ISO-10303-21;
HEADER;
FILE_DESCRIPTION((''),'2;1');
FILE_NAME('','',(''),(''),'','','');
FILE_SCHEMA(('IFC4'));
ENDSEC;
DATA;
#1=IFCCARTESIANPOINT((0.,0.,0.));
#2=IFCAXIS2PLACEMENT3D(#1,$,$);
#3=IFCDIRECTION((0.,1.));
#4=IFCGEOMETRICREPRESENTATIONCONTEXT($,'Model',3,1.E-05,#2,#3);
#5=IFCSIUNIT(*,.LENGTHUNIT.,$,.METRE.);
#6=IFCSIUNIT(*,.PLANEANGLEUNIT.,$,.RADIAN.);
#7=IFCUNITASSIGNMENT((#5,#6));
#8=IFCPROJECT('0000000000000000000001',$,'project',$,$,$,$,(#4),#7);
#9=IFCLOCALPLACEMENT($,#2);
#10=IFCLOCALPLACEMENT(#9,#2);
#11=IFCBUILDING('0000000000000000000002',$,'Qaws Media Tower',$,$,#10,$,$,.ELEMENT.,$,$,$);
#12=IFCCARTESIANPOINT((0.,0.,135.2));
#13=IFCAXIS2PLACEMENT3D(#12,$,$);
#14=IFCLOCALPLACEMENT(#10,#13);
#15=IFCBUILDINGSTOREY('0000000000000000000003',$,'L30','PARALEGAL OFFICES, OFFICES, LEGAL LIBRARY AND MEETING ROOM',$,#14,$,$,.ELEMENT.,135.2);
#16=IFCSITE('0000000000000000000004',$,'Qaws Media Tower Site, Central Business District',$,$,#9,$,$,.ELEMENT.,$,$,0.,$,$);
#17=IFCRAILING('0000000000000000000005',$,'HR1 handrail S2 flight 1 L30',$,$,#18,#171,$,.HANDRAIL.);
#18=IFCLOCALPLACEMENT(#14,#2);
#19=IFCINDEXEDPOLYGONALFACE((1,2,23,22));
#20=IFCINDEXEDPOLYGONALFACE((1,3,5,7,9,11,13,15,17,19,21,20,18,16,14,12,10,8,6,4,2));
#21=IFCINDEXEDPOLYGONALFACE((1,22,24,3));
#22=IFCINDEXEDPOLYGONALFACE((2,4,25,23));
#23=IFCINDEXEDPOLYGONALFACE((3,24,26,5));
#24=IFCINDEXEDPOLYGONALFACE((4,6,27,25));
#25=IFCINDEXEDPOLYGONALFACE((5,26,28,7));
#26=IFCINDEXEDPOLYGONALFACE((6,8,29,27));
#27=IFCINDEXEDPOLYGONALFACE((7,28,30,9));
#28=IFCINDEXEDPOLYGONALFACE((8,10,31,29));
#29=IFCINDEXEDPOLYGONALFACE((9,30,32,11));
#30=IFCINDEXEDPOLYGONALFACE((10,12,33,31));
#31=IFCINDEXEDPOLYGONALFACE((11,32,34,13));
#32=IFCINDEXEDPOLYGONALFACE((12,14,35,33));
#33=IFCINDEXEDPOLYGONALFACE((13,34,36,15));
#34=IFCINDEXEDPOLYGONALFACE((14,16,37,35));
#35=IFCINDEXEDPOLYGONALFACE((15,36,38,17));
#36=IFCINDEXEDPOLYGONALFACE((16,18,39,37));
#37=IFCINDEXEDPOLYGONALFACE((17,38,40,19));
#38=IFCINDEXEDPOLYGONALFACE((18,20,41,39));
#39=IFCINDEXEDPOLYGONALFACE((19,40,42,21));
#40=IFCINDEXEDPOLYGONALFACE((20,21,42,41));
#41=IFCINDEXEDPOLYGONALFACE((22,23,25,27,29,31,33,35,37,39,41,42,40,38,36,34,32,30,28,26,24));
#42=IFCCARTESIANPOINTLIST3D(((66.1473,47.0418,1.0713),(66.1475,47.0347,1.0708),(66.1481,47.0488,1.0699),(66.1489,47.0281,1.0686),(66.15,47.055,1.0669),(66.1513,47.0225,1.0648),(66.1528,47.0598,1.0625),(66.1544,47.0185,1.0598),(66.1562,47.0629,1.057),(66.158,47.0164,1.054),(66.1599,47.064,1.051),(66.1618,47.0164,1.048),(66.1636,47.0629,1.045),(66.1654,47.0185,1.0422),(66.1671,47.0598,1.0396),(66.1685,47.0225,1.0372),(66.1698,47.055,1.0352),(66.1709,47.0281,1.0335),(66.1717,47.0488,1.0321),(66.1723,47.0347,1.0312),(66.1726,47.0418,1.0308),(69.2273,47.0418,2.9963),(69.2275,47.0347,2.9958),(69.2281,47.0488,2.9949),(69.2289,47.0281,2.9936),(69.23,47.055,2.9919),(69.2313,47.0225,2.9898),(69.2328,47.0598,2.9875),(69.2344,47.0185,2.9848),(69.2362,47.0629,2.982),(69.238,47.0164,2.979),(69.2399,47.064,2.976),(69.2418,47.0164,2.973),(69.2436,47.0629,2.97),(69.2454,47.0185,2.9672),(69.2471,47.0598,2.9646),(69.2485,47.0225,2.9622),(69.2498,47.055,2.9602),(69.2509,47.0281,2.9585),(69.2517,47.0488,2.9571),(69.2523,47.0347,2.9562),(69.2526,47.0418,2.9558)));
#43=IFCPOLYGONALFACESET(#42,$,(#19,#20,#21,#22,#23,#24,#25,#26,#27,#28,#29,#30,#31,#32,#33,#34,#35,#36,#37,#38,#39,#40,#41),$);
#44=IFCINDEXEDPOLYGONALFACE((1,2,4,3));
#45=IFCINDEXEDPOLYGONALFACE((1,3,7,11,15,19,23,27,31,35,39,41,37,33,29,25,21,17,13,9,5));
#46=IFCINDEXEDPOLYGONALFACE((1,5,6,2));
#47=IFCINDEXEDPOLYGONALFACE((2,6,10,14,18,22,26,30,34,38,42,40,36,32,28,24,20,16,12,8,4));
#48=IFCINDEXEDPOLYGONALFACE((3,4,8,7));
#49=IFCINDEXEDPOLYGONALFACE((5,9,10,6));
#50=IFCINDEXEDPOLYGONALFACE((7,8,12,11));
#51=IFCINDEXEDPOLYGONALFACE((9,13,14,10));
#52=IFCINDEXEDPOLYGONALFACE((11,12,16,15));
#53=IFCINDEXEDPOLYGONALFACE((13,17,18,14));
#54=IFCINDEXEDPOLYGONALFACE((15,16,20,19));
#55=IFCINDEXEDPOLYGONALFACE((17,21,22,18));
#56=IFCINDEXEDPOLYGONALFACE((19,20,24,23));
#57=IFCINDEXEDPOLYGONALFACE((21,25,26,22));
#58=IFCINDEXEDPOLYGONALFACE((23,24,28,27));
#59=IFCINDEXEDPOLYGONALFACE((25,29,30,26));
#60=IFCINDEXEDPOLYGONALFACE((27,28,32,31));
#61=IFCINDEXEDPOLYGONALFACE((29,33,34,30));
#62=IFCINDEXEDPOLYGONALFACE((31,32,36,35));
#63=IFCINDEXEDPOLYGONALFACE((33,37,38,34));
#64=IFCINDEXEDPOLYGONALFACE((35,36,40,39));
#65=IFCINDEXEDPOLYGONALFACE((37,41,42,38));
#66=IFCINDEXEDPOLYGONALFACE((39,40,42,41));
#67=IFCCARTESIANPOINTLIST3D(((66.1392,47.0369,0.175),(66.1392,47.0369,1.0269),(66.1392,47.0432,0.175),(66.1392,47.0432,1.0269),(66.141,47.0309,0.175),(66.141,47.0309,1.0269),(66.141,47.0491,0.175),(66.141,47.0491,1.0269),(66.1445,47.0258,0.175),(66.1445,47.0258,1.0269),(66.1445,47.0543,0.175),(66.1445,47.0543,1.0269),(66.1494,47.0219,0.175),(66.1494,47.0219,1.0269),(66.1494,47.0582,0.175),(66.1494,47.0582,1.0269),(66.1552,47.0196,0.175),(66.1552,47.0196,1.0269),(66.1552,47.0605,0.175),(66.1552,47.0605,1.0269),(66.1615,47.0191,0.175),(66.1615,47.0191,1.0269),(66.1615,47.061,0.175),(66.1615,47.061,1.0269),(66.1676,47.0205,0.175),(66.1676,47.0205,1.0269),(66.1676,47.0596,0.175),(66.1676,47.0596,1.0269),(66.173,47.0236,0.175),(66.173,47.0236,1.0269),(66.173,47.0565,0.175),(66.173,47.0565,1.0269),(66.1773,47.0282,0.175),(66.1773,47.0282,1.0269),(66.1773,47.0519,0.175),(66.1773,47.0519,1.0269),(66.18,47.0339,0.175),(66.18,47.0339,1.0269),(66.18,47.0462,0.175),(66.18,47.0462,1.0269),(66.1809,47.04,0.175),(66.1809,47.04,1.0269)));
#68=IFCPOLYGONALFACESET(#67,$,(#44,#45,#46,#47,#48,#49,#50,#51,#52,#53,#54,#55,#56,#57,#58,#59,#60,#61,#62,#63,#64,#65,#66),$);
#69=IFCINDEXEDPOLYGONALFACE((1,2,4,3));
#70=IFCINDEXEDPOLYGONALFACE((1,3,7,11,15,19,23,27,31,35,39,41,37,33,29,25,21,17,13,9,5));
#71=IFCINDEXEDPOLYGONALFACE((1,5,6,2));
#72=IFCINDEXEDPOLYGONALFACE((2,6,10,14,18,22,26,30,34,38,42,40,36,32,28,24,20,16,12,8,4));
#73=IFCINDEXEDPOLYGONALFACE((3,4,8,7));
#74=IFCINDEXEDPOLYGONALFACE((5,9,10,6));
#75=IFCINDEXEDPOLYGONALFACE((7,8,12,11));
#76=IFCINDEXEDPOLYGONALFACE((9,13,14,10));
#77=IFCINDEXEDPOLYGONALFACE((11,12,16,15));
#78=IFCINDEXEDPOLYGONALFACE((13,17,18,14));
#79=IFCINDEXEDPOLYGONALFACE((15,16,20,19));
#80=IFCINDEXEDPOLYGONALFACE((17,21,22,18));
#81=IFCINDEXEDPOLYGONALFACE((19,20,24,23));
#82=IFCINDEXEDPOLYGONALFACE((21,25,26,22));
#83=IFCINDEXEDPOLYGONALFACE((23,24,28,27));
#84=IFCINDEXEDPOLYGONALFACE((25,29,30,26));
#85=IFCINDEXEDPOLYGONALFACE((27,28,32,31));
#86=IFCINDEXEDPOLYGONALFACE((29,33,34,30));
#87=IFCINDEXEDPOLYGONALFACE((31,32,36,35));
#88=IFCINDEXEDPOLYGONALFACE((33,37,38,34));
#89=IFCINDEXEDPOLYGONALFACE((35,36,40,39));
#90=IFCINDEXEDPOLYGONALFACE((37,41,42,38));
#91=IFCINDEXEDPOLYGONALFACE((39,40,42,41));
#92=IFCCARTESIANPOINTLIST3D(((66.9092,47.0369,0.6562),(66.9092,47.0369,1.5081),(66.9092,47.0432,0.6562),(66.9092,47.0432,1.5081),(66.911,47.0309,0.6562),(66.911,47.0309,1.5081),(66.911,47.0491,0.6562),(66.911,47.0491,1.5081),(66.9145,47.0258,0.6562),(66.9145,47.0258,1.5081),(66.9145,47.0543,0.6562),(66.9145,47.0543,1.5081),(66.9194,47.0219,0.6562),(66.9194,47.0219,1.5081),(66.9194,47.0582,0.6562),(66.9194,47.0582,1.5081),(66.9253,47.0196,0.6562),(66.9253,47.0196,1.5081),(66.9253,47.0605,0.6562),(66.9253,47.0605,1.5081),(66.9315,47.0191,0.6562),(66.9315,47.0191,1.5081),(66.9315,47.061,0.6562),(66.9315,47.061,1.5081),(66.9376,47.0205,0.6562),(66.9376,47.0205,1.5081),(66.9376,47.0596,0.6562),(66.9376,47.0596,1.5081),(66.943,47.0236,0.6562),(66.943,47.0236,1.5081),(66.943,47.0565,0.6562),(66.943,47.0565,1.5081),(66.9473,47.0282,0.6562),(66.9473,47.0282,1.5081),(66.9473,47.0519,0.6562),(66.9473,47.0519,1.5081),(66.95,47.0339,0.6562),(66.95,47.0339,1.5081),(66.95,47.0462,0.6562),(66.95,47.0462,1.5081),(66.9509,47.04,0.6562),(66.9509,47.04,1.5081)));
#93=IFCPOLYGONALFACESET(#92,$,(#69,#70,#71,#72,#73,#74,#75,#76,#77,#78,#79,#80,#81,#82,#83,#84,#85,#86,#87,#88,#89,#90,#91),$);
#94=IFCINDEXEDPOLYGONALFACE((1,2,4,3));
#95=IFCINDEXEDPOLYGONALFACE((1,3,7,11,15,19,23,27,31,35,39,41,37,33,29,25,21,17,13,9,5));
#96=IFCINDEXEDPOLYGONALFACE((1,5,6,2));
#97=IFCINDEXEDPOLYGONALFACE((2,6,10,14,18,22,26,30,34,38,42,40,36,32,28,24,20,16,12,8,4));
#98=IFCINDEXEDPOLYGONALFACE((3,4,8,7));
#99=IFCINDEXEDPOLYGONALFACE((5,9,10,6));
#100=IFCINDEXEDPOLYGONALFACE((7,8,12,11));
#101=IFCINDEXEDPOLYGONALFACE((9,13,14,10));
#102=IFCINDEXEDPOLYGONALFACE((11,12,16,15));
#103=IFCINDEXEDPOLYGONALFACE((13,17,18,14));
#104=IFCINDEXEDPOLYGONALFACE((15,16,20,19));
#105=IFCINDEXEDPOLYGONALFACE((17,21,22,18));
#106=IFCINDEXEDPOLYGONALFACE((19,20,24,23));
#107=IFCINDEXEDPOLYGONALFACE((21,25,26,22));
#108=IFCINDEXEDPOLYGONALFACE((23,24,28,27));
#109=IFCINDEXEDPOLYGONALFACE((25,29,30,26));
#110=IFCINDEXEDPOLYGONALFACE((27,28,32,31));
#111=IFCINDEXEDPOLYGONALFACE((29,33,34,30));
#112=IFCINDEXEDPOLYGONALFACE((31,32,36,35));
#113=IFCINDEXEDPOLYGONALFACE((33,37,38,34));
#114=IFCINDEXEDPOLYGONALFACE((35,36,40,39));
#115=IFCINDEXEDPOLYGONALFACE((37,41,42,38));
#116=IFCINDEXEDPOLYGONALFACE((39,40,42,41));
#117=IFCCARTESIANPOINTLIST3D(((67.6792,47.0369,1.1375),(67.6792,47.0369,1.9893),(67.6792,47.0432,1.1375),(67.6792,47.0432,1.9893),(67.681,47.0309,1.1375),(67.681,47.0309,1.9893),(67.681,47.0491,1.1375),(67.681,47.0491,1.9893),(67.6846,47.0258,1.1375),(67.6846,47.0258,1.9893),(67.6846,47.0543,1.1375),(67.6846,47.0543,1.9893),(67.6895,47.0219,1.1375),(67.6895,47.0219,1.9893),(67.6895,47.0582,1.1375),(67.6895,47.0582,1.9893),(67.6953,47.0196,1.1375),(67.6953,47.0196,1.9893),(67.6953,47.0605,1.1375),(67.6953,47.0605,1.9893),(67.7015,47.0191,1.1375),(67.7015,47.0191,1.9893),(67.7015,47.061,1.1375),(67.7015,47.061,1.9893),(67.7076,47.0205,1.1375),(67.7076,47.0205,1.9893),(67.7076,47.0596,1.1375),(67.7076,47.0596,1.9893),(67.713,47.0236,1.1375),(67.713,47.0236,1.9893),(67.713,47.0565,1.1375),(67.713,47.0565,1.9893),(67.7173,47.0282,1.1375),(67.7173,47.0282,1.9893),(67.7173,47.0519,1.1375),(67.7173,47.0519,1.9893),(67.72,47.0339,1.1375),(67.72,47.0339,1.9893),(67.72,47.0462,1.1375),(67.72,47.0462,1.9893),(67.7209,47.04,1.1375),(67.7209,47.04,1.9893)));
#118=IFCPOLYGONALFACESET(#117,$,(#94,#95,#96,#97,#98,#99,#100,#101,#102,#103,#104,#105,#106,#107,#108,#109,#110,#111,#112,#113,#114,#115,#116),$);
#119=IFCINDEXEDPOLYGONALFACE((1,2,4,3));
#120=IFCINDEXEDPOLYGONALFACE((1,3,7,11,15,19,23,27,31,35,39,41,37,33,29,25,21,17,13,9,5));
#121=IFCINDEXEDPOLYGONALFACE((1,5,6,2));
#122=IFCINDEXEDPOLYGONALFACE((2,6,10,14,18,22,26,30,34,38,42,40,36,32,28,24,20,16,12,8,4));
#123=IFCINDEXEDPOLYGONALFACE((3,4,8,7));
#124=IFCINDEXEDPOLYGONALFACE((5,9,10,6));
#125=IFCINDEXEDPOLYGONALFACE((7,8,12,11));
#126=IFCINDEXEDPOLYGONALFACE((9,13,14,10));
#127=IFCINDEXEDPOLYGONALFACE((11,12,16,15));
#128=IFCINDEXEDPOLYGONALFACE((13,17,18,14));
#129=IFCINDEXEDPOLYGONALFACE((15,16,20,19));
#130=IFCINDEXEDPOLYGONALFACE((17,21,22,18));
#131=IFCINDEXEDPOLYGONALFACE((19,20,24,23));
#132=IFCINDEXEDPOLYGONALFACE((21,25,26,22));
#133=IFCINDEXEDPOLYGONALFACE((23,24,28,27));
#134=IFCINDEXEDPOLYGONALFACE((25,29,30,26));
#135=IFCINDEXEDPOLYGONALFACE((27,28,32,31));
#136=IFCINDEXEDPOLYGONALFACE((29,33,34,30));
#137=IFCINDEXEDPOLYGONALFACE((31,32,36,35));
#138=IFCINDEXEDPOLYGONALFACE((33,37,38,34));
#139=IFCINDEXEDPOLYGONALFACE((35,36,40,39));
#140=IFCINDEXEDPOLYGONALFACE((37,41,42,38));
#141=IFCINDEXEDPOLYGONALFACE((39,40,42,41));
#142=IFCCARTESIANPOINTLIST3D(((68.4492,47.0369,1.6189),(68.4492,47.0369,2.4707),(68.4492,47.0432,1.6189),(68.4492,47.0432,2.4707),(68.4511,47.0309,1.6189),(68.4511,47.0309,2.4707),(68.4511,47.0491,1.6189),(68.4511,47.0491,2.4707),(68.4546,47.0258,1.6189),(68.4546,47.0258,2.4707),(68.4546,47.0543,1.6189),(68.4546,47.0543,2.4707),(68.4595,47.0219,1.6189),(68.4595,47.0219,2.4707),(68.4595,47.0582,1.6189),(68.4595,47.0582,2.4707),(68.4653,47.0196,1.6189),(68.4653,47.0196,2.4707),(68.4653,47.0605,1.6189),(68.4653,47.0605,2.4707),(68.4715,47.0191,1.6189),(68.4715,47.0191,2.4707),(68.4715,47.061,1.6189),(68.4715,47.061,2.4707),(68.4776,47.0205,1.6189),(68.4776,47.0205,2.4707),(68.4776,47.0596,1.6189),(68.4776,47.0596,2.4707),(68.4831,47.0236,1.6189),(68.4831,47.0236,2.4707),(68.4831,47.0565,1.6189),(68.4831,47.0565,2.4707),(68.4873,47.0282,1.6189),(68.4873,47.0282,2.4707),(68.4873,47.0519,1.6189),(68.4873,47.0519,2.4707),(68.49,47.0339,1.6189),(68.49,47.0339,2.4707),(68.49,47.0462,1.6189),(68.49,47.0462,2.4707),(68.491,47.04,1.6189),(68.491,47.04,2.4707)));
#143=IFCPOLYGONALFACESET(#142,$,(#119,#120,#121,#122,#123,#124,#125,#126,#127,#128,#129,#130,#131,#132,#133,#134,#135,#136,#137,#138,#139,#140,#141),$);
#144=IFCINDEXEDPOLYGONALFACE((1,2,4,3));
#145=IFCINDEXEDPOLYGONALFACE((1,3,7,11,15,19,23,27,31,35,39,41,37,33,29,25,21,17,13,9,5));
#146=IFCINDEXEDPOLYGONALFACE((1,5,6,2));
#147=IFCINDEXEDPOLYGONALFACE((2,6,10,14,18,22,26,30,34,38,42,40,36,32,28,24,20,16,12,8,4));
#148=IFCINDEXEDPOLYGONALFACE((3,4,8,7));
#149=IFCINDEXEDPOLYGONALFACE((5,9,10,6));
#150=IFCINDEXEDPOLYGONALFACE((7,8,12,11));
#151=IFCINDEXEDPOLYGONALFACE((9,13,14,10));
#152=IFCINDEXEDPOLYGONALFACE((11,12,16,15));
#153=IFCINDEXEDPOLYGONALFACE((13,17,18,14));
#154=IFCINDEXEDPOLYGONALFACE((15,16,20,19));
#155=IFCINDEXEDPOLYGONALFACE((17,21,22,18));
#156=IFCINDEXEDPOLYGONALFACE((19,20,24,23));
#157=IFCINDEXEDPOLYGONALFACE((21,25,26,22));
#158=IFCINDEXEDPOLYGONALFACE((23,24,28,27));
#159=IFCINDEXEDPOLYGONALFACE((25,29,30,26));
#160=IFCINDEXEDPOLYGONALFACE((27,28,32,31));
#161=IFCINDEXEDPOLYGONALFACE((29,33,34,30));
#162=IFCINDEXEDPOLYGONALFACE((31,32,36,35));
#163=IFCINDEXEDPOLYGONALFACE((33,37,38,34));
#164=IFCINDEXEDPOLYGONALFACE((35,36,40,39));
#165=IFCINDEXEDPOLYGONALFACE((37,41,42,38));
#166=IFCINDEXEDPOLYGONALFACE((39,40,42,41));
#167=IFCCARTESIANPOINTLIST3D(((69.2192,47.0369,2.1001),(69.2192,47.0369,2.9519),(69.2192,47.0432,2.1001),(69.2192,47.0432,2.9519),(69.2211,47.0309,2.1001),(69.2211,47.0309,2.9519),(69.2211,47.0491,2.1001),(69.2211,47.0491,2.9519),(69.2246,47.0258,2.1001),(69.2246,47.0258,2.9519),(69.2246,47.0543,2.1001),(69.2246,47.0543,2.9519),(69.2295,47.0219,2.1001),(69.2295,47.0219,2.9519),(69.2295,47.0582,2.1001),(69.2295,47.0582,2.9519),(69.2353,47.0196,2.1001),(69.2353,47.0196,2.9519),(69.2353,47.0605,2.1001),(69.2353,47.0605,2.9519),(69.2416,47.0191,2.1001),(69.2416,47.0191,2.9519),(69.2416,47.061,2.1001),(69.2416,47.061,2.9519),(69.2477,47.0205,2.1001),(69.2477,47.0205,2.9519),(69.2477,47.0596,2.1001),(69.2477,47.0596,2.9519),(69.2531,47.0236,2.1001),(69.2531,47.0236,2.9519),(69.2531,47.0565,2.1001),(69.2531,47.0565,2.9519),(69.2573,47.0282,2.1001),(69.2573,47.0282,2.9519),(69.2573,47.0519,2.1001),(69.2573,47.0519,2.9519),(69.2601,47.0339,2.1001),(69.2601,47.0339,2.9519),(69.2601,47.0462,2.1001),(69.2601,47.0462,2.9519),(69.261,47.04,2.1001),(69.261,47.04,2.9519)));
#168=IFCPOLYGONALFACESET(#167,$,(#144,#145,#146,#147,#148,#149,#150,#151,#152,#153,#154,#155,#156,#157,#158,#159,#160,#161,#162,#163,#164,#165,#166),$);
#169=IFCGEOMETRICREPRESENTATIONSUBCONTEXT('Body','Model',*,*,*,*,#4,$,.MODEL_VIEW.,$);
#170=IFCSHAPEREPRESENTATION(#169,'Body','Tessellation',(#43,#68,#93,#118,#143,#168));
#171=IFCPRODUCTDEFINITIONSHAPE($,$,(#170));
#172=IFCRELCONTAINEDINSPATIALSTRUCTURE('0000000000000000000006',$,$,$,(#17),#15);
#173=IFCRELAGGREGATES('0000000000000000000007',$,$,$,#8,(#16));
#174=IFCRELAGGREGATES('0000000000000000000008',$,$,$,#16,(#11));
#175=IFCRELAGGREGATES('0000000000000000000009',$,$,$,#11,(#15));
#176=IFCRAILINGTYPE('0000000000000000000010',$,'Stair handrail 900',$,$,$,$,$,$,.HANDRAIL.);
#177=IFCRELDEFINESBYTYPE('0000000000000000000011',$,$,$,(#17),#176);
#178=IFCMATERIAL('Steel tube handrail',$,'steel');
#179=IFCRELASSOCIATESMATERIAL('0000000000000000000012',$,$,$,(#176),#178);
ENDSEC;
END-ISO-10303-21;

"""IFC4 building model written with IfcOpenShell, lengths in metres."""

from ifc_helpers import new_model, si_unit, direction, frame, origin, origin_2d, place, context, subcontext, project, spatial, circle, extrude, material, type_object, element, save


model = new_model("IFC4")

# Units and contexts
model_context = context("Model", 3, precision=1e-05, world=origin(), true_north=direction((0.0, 1.0)))
body_context = subcontext(model_context, "Body", "Model", "MODEL_VIEW")
ifc_project = project(units=[si_unit("LENGTHUNIT", "METRE"), si_unit("PLANEANGLEUNIT", "RADIAN")], contexts=[model_context])

# Site, building, storey
site_placement = place(None, origin())
site = spatial("IfcSite", under=ifc_project, at=site_placement, Name="Qaws Media Tower Site, Central Business District", CompositionType="ELEMENT", RefElevation=0.0)
building_placement = place(site_placement, origin())
building = spatial("IfcBuilding", under=site, at=building_placement, Name="Qaws Media Tower", CompositionType="ELEMENT")
storey_placement = place(building_placement, frame((0.0, 0.0, 135.2)))
storey = spatial("IfcBuildingStorey", under=building, at=storey_placement, Name="L30", Description="PARALEGAL OFFICES, OFFICES, LEGAL LIBRARY AND MEETING ROOM", CompositionType="ELEMENT", Elevation=135.2)

# Railing
ifc_material_1 = material(Name="Steel tube handrail", Category="steel")
railing_type = type_object("IfcRailingType", Name="Stair handrail 900", PredefinedType="HANDRAIL", material=ifc_material_1)
for number, where, name in (
    (1, (66.1599, 47.04, 0.175), "HR1 handrail S2 flight 1 L30"),
):
    element("IfcRailing", number, at=place(storey_placement, frame(where)), inside=storey, type_object=railing_type, Name=name, PredefinedType="HANDRAIL", context=body_context, shape_type="SweptSolid", body=[
        extrude(circle(Radius=0.0239, at=origin_2d()), frame((0.0, 0.0, 0.876), z_axis=(0.847998, 0.0, 0.529999), x_axis=(0.0, 1.0, 0.0)), (0.0, 0.0, 1.0), 3.6321),
        extrude(circle(Radius=0.021, at=origin_2d()), origin(), (0.0, 0.0, 1.0), 0.8518),
        extrude(circle(Radius=0.021, at=origin_2d()), frame((0.77, 0.0, 0.4812)), (0.0, 0.0, 1.0), 0.8518),
        extrude(circle(Radius=0.021, at=origin_2d()), frame((1.54, 0.0, 0.9624)), (0.0, 0.0, 1.0), 0.8518),
        extrude(circle(Radius=0.021, at=origin_2d()), frame((2.3101, 0.0, 1.4438)), (0.0, 0.0, 1.0), 0.8518),
        extrude(circle(Radius=0.021, at=origin_2d()), frame((3.0801, 0.0, 1.925)), (0.0, 0.0, 1.0), 0.8518),
    ])

save(model, "model.ifc")
